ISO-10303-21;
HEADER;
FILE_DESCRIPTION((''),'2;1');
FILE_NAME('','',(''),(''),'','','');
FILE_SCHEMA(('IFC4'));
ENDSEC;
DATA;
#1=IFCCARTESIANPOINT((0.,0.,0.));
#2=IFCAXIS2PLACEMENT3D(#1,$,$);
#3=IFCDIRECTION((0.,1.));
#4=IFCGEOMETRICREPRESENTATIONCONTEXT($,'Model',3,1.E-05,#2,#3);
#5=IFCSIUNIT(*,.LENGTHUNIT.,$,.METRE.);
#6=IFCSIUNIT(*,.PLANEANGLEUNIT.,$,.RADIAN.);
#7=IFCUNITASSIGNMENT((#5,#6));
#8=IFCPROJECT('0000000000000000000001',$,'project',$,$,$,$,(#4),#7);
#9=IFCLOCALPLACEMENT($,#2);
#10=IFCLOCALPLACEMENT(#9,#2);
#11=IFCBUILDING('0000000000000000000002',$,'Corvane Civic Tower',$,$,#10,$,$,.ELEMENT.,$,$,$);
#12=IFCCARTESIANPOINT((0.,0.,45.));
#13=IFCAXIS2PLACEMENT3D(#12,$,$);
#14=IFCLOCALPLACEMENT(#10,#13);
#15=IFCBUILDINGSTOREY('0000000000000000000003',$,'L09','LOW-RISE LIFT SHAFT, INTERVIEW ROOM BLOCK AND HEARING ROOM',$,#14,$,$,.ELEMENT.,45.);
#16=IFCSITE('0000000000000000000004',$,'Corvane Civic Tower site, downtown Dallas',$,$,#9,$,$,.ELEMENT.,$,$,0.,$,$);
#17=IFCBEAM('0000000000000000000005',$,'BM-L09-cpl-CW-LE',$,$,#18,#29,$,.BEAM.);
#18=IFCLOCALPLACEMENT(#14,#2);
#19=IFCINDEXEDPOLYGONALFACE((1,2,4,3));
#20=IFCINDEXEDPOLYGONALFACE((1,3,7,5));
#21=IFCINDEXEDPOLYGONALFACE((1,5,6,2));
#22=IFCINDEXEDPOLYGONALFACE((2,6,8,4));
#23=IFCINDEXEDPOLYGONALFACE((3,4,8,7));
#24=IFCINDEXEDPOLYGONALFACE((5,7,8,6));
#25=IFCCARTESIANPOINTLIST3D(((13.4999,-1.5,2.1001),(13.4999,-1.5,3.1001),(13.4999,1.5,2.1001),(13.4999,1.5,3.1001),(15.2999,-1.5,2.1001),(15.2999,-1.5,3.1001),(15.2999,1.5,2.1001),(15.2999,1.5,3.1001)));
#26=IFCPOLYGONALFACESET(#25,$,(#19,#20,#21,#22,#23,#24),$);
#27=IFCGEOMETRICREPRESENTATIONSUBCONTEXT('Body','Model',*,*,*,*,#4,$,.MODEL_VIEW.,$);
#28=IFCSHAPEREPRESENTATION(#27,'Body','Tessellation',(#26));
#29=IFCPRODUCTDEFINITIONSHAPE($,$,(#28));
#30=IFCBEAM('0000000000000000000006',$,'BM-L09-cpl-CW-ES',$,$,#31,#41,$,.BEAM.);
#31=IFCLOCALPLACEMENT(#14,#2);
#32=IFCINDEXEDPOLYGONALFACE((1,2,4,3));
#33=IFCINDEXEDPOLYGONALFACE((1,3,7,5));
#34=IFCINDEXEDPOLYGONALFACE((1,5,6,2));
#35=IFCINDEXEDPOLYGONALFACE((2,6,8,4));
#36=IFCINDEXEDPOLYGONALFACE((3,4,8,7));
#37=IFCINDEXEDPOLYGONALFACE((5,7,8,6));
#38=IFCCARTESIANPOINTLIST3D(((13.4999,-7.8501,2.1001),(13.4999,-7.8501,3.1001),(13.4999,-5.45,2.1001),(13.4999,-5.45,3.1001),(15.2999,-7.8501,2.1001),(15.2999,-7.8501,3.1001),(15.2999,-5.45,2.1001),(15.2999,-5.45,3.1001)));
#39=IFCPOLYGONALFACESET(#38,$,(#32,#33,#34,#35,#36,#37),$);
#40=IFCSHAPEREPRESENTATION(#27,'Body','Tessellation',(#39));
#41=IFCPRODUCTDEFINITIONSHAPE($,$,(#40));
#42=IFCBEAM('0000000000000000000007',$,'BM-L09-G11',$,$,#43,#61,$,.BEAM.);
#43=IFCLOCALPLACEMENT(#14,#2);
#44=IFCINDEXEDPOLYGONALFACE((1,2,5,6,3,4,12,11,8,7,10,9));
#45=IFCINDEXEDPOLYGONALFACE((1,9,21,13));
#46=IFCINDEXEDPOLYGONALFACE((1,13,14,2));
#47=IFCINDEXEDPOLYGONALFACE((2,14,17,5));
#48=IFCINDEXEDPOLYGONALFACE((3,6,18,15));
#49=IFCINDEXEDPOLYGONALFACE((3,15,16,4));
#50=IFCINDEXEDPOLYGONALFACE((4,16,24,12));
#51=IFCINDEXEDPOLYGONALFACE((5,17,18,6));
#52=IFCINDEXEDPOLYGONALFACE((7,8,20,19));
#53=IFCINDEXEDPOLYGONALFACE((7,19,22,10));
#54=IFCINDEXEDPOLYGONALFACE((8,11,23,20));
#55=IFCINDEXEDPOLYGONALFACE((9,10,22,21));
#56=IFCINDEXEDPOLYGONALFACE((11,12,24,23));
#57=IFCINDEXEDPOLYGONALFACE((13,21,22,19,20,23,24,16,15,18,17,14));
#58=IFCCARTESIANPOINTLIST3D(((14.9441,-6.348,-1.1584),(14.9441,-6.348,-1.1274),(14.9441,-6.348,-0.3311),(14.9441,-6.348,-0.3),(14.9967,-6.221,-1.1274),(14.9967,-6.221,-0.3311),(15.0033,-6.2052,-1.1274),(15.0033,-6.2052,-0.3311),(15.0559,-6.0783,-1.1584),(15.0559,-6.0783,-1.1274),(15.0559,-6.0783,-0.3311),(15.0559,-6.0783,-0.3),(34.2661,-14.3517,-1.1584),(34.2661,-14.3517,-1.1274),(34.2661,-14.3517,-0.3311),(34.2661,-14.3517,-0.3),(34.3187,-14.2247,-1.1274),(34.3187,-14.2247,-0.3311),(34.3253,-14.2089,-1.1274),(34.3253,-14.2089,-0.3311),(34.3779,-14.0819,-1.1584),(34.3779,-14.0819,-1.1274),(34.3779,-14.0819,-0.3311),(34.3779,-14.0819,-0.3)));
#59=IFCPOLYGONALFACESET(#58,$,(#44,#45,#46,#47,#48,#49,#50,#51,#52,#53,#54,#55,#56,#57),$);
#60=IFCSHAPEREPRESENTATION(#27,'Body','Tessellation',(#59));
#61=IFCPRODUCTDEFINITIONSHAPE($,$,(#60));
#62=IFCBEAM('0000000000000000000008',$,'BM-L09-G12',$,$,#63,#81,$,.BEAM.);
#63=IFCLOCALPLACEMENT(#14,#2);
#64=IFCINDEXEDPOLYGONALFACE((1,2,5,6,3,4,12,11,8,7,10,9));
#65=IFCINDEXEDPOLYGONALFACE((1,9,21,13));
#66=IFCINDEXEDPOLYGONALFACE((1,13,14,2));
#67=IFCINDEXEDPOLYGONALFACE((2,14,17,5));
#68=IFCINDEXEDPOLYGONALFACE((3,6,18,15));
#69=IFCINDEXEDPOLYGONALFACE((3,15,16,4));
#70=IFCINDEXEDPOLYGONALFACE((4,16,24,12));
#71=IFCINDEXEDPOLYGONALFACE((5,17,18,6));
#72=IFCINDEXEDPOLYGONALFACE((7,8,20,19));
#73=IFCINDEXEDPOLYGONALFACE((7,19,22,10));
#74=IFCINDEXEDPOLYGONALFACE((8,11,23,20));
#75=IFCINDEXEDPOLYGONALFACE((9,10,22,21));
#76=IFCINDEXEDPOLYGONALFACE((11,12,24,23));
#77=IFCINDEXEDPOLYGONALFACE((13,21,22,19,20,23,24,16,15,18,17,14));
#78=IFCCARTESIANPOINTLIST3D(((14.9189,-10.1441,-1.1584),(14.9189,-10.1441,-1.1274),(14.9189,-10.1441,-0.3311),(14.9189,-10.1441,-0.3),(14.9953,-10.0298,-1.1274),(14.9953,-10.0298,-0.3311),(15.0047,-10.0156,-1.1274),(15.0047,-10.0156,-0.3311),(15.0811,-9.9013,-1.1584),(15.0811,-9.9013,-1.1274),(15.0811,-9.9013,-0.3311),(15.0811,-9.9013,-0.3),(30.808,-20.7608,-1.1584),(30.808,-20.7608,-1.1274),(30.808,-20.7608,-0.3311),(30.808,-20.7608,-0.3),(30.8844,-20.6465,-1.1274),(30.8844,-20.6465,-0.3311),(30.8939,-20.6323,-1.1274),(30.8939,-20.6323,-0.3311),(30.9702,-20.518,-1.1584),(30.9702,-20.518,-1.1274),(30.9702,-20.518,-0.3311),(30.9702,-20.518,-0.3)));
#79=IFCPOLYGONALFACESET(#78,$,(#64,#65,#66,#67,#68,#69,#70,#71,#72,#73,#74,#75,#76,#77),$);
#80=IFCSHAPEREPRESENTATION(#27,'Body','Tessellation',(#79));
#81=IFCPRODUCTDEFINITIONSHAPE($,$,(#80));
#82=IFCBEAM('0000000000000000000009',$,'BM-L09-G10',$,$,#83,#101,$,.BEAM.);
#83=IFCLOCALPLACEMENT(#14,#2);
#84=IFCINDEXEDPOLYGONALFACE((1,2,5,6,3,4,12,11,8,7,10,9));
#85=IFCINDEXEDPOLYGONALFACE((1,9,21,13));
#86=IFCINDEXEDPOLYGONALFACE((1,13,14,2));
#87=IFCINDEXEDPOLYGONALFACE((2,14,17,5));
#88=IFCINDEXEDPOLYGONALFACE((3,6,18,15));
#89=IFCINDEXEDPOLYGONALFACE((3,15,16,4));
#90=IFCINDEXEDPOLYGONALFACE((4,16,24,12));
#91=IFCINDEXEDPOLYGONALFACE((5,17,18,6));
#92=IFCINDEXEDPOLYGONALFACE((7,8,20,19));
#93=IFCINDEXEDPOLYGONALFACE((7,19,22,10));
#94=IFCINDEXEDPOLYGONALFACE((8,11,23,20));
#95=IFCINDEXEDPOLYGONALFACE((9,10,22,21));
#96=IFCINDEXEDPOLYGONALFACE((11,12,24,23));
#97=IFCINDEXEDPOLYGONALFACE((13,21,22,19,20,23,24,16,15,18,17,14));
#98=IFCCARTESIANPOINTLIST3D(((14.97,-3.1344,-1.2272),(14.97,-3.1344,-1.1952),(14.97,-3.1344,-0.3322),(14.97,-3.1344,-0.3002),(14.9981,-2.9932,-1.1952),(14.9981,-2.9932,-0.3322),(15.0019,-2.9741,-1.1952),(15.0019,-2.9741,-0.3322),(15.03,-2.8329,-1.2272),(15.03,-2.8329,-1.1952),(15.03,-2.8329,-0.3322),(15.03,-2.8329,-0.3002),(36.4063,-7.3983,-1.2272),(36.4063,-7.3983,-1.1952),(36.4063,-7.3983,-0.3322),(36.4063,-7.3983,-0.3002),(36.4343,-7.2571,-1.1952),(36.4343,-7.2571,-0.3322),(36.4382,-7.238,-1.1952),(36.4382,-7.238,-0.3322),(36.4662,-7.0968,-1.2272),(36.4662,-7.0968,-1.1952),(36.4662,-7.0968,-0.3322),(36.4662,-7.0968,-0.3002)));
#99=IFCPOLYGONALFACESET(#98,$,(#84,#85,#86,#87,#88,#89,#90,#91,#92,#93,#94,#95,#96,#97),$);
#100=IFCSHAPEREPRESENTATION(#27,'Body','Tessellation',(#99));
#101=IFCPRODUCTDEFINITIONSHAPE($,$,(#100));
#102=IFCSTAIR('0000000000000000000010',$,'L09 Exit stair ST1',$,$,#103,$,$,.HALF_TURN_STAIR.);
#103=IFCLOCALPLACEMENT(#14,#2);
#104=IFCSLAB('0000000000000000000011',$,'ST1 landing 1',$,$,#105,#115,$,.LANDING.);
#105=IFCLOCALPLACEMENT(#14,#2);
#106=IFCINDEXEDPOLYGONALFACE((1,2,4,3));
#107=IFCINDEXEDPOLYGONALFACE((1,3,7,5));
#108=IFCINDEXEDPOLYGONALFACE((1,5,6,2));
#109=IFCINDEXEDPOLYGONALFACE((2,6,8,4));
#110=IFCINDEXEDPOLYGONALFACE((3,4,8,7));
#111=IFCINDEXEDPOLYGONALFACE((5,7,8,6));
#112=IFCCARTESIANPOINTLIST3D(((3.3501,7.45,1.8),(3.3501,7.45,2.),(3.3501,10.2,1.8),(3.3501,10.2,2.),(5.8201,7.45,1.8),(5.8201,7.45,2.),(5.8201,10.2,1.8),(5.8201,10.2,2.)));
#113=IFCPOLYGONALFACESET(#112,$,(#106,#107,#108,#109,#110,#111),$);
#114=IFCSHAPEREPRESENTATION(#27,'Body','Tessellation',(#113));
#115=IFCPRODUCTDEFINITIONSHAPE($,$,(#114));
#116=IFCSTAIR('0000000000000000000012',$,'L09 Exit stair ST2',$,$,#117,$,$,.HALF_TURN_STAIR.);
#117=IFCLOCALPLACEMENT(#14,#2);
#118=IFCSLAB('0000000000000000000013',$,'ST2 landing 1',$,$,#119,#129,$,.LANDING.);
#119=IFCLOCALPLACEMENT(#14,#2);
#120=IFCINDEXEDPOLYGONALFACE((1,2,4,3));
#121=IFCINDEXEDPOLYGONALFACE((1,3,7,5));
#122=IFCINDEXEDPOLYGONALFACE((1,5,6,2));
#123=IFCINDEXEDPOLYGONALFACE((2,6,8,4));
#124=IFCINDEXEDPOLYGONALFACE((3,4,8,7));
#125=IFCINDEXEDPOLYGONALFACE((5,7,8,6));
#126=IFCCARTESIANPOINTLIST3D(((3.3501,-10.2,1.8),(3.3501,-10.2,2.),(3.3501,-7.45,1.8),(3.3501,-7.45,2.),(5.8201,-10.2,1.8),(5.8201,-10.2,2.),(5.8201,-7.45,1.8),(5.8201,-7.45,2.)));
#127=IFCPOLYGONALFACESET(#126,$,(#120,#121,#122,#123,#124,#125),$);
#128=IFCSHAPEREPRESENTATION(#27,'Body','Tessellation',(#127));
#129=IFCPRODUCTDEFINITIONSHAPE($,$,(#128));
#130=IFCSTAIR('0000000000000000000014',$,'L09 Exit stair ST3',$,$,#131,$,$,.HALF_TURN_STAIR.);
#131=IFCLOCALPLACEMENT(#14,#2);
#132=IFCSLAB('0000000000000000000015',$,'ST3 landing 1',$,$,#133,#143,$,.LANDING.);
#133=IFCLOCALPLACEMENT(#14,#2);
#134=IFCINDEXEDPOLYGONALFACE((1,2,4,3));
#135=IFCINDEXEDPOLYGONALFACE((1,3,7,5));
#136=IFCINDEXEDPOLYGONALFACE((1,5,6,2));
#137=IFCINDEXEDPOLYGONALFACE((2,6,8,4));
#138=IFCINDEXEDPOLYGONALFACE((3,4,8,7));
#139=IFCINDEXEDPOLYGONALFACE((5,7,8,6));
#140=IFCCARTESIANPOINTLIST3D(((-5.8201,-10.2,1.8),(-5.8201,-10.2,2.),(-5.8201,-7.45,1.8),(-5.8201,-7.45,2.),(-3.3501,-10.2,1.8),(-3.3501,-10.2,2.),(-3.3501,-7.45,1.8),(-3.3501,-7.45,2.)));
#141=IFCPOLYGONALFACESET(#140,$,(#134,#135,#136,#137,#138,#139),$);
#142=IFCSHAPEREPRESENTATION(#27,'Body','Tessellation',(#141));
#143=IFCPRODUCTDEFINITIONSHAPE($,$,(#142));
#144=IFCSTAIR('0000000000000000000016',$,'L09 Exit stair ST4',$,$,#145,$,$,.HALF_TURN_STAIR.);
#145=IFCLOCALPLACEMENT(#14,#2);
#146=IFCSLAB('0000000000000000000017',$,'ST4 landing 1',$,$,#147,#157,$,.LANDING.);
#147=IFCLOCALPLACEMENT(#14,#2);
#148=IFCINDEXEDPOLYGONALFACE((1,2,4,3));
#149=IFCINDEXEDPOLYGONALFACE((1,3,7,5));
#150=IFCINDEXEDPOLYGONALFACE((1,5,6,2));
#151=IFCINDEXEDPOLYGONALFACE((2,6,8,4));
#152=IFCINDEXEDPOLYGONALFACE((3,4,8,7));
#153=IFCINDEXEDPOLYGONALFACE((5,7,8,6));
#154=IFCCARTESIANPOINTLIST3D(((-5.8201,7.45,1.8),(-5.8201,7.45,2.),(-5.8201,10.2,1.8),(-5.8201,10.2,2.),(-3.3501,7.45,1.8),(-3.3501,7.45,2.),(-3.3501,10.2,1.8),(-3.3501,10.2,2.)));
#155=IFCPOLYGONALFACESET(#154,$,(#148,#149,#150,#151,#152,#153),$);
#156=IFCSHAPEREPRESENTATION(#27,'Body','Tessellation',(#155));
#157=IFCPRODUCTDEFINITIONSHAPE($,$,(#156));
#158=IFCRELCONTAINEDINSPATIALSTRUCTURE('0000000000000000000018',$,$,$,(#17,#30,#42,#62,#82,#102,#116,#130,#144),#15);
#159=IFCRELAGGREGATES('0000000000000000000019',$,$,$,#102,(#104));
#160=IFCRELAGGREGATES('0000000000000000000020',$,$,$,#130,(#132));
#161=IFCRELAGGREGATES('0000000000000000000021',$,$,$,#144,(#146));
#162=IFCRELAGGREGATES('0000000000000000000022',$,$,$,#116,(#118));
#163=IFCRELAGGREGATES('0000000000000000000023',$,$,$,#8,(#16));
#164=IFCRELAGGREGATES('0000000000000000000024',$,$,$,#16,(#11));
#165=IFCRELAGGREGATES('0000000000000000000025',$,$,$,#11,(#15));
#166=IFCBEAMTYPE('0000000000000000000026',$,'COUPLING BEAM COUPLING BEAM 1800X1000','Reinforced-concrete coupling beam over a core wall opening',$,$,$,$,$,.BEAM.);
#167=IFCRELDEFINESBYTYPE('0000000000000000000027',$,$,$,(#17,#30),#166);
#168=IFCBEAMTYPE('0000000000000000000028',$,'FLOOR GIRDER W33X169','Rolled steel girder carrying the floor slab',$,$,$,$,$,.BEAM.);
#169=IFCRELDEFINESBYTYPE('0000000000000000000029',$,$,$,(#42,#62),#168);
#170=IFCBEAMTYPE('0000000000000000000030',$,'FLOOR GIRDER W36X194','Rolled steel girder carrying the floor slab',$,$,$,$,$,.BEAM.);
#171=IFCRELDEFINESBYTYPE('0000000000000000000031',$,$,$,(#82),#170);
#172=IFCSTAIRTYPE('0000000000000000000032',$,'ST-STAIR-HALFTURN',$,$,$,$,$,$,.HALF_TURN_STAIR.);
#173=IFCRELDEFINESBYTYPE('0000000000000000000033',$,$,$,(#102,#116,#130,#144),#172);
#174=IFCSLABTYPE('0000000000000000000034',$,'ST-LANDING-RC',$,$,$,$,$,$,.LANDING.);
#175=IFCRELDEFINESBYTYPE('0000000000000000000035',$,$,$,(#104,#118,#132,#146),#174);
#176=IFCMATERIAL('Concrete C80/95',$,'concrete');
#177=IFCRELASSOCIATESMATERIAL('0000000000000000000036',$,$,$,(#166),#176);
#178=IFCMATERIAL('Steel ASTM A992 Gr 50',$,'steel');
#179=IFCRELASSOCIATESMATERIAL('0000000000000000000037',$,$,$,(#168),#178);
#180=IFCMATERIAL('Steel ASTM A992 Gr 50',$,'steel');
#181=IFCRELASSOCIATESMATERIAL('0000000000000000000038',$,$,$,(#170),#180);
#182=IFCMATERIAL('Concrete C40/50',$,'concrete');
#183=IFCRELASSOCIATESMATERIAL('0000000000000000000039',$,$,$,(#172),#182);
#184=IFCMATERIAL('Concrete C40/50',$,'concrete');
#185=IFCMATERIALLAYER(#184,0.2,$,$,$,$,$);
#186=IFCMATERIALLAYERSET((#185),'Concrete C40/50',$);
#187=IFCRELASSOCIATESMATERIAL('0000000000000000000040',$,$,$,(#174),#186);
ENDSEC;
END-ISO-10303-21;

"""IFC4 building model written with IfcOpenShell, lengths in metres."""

from ifc_helpers import new_model, si_unit, direction, frame, origin, origin_2d, place, context, subcontext, project, spatial, polyline, rectangle, i_section, outline, extrude, material, layer, layer_set, material_profile, profile_set, type_object, element, aggregate, save


model = new_model("IFC4")

# Units and contexts
model_context = context("Model", 3, precision=1e-05, world=origin(), true_north=direction((0.0, 1.0)))
body_context = subcontext(model_context, "Body", "Model", "MODEL_VIEW")
ifc_project = project(units=[si_unit("LENGTHUNIT", "METRE"), si_unit("PLANEANGLEUNIT", "RADIAN")], contexts=[model_context])

# Site, building, storey
site_placement = place(None, origin())
site = spatial("IfcSite", under=ifc_project, at=site_placement, Name="Corvane Civic Tower site, downtown Dallas", CompositionType="ELEMENT", RefElevation=0.0)
building_placement = place(site_placement, origin())
building = spatial("IfcBuilding", under=site, at=building_placement, Name="Corvane Civic Tower", CompositionType="ELEMENT")
storey_placement = place(building_placement, frame((0.0, 0.0, 45.0)))
storey = spatial("IfcBuildingStorey", under=building, at=storey_placement, Name="L09", Description="LOW-RISE LIFT SHAFT, INTERVIEW ROOM BLOCK AND HEARING ROOM", CompositionType="ELEMENT", Elevation=45.0)

# Beams
ifc_material_1 = material(Name="Concrete C80/95", Category="concrete")
ifc_material_profile_1 = material_profile(ifc_material_1, rectangle(XDim=1.8, YDim=1.0, at=origin_2d()), Name="COUPLING BEAM 1800X1000")
ifc_profile_set_1 = profile_set([ifc_material_profile_1], Name="Concrete C80/95")
beam_type_1 = type_object("IfcBeamType", Name="COUPLING BEAM COUPLING BEAM 1800X1000", Description="Reinforced-concrete coupling beam over a core wall opening", PredefinedType="BEAM", material=ifc_profile_set_1)
beam_1_placement = place(storey_placement, frame((14.3999, -1.5, 2.6001), z_axis=(0.0, 1.0, 0.0), x_axis=(-1.0, 0.0, 0.0)))
element("IfcBeam", 1, at=beam_1_placement, inside=storey, type_object=beam_type_1, Name="BM-L09-cpl-CW-LE", PredefinedType="BEAM", context=body_context, shape_type="SweptSolid", body=[
    extrude(rectangle(XDim=1.8, YDim=1.0, at=origin_2d()), origin(), (0.0, 0.0, 1.0), 3.0),
])
beam_2_placement = place(storey_placement, frame((14.3999, -7.8501, 2.6001), z_axis=(0.0, 1.0, 0.0), x_axis=(-1.0, 0.0, 0.0)))
element("IfcBeam", 2, at=beam_2_placement, inside=storey, type_object=beam_type_1, Name="BM-L09-cpl-CW-ES", PredefinedType="BEAM", context=body_context, shape_type="SweptSolid", body=[
    extrude(rectangle(XDim=1.8, YDim=1.0, at=origin_2d()), origin(), (0.0, 0.0, 1.0), 2.4001),
])
ifc_material_2 = material(Name="Steel ASTM A992 Gr 50", Category="steel")
ifc_material_profile_2 = material_profile(ifc_material_2, i_section(OverallWidth=0.292, OverallDepth=0.8584, WebThickness=0.0171, FlangeThickness=0.031, at=origin_2d()), Name="W33X169")
ifc_profile_set_2 = profile_set([ifc_material_profile_2], Name="Steel ASTM A992 Gr 50")
beam_type_2 = type_object("IfcBeamType", Name="FLOOR GIRDER W33X169", Description="Rolled steel girder carrying the floor slab", PredefinedType="BEAM", material=ifc_profile_set_2)
beam_3_placement = place(storey_placement, frame((15.0, -6.2131, -0.7292), z_axis=(0.923876, -0.382692, 0.0), x_axis=(0.382692, 0.923876, 0.0)))
element("IfcBeam", 3, at=beam_3_placement, inside=storey, type_object=beam_type_2, Name="BM-L09-G11", PredefinedType="BEAM", context=body_context, shape_type="SweptSolid", body=[
    extrude(i_section(OverallWidth=0.292, OverallDepth=0.8584, WebThickness=0.0171, FlangeThickness=0.031, at=origin_2d()), origin(), (0.0, 0.0, 1.0), 20.9141),
])
beam_4_placement = place(storey_placement, frame((15.0, -10.0227, -0.7292), z_axis=(0.831472, -0.555567, 0.0), x_axis=(0.555567, 0.831472, 0.0)))
element("IfcBeam", 4, at=beam_4_placement, inside=storey, type_object=beam_type_2, Name="BM-L09-G12", PredefinedType="BEAM", context=body_context, shape_type="SweptSolid", body=[
    extrude(i_section(OverallWidth=0.292, OverallDepth=0.8584, WebThickness=0.0171, FlangeThickness=0.031, at=origin_2d()), origin(), (0.0, 0.0, 1.0), 19.1096),
])
ifc_material_3 = material(Name="Steel ASTM A992 Gr 50", Category="steel")
ifc_material_profile_3 = material_profile(ifc_material_3, i_section(OverallWidth=0.3074, OverallDepth=0.927, WebThickness=0.0195, FlangeThickness=0.032, at=origin_2d()), Name="W36X194")
ifc_profile_set_3 = profile_set([ifc_material_profile_3], Name="Steel ASTM A992 Gr 50")
beam_type_3 = type_object("IfcBeamType", Name="FLOOR GIRDER W36X194", Description="Rolled steel girder carrying the floor slab", PredefinedType="BEAM", material=ifc_profile_set_3)
beam_5_placement = place(storey_placement, frame((15.0, -2.9836, -0.7637), z_axis=(0.980785, -0.195089, 0.0), x_axis=(0.195089, 0.980785, 0.0)))
element("IfcBeam", 5, at=beam_5_placement, inside=storey, type_object=beam_type_3, Name="BM-L09-G10", PredefinedType="BEAM", context=body_context, shape_type="SweptSolid", body=[
    extrude(i_section(OverallWidth=0.3074, OverallDepth=0.927, WebThickness=0.0195, FlangeThickness=0.032, at=origin_2d()), origin(), (0.0, 0.0, 1.0), 21.8562),
])

# Stairs, slabs
ifc_material_4 = material(Name="Concrete C40/50", Category="concrete")
stair_type = type_object("IfcStairType", Name="ST-STAIR-HALFTURN", PredefinedType="HALF_TURN_STAIR", material=ifc_material_4)
stair_1_placement = place(storey_placement, origin())
stair_1 = element("IfcStair", 6, at=stair_1_placement, inside=storey, type_object=stair_type, Name="L09 Exit stair ST1", PredefinedType="HALF_TURN_STAIR")
ifc_material_5 = material(Name="Concrete C40/50", Category="concrete")
ifc_layer_1 = layer(ifc_material_5, 0.2)
ifc_layer_set_1 = layer_set([ifc_layer_1], Name="Concrete C40/50")
slab_type_1 = type_object("IfcSlabType", Name="ST-LANDING-RC", PredefinedType="LANDING", material=ifc_layer_set_1)
slab_1_placement = place(storey_placement, frame((0.0, 0.0, 1.8)))
slab_1 = element("IfcSlab", 7, at=slab_1_placement, type_object=slab_type_1, Name="ST1 landing 1", PredefinedType="LANDING", context=body_context, shape_type="SweptSolid", body=[
    extrude(outline(polyline([(5.8201, 10.2), (3.3501, 10.2), (3.3501, 7.45), (5.8201, 7.45), (5.8201, 10.2)])), origin(), (0.0, 0.0, 1.0), 0.2),
])
aggregate(stair_1, [slab_1])
stair_2_placement = place(storey_placement, origin())
stair_2 = element("IfcStair", 8, at=stair_2_placement, inside=storey, type_object=stair_type, Name="L09 Exit stair ST2", PredefinedType="HALF_TURN_STAIR")
slab_2_placement = place(storey_placement, frame((0.0, 0.0, 1.8)))
slab_2 = element("IfcSlab", 9, at=slab_2_placement, type_object=slab_type_1, Name="ST2 landing 1", PredefinedType="LANDING", context=body_context, shape_type="SweptSolid", body=[
    extrude(outline(polyline([(5.8201, -7.45), (3.3501, -7.45), (3.3501, -10.2), (5.8201, -10.2), (5.8201, -7.45)])), origin(), (0.0, 0.0, 1.0), 0.2),
])
stair_3_placement = place(storey_placement, origin())
stair_3 = element("IfcStair", 10, at=stair_3_placement, inside=storey, type_object=stair_type, Name="L09 Exit stair ST3", PredefinedType="HALF_TURN_STAIR")
slab_3_placement = place(storey_placement, frame((0.0, 0.0, 1.8)))
slab_3 = element("IfcSlab", 11, at=slab_3_placement, type_object=slab_type_1, Name="ST3 landing 1", PredefinedType="LANDING", context=body_context, shape_type="SweptSolid", body=[
    extrude(outline(polyline([(-5.8201, -10.2), (-3.3501, -10.2), (-3.3501, -7.45), (-5.8201, -7.45), (-5.8201, -10.2)])), origin(), (0.0, 0.0, 1.0), 0.2),
])
aggregate(stair_3, [slab_3])
stair_4_placement = place(storey_placement, origin())
stair_4 = element("IfcStair", 12, at=stair_4_placement, inside=storey, type_object=stair_type, Name="L09 Exit stair ST4", PredefinedType="HALF_TURN_STAIR")
slab_4_placement = place(storey_placement, frame((0.0, 0.0, 1.8)))
slab_4 = element("IfcSlab", 13, at=slab_4_placement, type_object=slab_type_1, Name="ST4 landing 1", PredefinedType="LANDING", context=body_context, shape_type="SweptSolid", body=[
    extrude(outline(polyline([(-5.8201, 7.45), (-3.3501, 7.45), (-3.3501, 10.2), (-5.8201, 10.2), (-5.8201, 7.45)])), origin(), (0.0, 0.0, 1.0), 0.2),
])
aggregate(stair_4, [slab_4])

aggregate(stair_2, [slab_2])

save(model, "model.ifc")
